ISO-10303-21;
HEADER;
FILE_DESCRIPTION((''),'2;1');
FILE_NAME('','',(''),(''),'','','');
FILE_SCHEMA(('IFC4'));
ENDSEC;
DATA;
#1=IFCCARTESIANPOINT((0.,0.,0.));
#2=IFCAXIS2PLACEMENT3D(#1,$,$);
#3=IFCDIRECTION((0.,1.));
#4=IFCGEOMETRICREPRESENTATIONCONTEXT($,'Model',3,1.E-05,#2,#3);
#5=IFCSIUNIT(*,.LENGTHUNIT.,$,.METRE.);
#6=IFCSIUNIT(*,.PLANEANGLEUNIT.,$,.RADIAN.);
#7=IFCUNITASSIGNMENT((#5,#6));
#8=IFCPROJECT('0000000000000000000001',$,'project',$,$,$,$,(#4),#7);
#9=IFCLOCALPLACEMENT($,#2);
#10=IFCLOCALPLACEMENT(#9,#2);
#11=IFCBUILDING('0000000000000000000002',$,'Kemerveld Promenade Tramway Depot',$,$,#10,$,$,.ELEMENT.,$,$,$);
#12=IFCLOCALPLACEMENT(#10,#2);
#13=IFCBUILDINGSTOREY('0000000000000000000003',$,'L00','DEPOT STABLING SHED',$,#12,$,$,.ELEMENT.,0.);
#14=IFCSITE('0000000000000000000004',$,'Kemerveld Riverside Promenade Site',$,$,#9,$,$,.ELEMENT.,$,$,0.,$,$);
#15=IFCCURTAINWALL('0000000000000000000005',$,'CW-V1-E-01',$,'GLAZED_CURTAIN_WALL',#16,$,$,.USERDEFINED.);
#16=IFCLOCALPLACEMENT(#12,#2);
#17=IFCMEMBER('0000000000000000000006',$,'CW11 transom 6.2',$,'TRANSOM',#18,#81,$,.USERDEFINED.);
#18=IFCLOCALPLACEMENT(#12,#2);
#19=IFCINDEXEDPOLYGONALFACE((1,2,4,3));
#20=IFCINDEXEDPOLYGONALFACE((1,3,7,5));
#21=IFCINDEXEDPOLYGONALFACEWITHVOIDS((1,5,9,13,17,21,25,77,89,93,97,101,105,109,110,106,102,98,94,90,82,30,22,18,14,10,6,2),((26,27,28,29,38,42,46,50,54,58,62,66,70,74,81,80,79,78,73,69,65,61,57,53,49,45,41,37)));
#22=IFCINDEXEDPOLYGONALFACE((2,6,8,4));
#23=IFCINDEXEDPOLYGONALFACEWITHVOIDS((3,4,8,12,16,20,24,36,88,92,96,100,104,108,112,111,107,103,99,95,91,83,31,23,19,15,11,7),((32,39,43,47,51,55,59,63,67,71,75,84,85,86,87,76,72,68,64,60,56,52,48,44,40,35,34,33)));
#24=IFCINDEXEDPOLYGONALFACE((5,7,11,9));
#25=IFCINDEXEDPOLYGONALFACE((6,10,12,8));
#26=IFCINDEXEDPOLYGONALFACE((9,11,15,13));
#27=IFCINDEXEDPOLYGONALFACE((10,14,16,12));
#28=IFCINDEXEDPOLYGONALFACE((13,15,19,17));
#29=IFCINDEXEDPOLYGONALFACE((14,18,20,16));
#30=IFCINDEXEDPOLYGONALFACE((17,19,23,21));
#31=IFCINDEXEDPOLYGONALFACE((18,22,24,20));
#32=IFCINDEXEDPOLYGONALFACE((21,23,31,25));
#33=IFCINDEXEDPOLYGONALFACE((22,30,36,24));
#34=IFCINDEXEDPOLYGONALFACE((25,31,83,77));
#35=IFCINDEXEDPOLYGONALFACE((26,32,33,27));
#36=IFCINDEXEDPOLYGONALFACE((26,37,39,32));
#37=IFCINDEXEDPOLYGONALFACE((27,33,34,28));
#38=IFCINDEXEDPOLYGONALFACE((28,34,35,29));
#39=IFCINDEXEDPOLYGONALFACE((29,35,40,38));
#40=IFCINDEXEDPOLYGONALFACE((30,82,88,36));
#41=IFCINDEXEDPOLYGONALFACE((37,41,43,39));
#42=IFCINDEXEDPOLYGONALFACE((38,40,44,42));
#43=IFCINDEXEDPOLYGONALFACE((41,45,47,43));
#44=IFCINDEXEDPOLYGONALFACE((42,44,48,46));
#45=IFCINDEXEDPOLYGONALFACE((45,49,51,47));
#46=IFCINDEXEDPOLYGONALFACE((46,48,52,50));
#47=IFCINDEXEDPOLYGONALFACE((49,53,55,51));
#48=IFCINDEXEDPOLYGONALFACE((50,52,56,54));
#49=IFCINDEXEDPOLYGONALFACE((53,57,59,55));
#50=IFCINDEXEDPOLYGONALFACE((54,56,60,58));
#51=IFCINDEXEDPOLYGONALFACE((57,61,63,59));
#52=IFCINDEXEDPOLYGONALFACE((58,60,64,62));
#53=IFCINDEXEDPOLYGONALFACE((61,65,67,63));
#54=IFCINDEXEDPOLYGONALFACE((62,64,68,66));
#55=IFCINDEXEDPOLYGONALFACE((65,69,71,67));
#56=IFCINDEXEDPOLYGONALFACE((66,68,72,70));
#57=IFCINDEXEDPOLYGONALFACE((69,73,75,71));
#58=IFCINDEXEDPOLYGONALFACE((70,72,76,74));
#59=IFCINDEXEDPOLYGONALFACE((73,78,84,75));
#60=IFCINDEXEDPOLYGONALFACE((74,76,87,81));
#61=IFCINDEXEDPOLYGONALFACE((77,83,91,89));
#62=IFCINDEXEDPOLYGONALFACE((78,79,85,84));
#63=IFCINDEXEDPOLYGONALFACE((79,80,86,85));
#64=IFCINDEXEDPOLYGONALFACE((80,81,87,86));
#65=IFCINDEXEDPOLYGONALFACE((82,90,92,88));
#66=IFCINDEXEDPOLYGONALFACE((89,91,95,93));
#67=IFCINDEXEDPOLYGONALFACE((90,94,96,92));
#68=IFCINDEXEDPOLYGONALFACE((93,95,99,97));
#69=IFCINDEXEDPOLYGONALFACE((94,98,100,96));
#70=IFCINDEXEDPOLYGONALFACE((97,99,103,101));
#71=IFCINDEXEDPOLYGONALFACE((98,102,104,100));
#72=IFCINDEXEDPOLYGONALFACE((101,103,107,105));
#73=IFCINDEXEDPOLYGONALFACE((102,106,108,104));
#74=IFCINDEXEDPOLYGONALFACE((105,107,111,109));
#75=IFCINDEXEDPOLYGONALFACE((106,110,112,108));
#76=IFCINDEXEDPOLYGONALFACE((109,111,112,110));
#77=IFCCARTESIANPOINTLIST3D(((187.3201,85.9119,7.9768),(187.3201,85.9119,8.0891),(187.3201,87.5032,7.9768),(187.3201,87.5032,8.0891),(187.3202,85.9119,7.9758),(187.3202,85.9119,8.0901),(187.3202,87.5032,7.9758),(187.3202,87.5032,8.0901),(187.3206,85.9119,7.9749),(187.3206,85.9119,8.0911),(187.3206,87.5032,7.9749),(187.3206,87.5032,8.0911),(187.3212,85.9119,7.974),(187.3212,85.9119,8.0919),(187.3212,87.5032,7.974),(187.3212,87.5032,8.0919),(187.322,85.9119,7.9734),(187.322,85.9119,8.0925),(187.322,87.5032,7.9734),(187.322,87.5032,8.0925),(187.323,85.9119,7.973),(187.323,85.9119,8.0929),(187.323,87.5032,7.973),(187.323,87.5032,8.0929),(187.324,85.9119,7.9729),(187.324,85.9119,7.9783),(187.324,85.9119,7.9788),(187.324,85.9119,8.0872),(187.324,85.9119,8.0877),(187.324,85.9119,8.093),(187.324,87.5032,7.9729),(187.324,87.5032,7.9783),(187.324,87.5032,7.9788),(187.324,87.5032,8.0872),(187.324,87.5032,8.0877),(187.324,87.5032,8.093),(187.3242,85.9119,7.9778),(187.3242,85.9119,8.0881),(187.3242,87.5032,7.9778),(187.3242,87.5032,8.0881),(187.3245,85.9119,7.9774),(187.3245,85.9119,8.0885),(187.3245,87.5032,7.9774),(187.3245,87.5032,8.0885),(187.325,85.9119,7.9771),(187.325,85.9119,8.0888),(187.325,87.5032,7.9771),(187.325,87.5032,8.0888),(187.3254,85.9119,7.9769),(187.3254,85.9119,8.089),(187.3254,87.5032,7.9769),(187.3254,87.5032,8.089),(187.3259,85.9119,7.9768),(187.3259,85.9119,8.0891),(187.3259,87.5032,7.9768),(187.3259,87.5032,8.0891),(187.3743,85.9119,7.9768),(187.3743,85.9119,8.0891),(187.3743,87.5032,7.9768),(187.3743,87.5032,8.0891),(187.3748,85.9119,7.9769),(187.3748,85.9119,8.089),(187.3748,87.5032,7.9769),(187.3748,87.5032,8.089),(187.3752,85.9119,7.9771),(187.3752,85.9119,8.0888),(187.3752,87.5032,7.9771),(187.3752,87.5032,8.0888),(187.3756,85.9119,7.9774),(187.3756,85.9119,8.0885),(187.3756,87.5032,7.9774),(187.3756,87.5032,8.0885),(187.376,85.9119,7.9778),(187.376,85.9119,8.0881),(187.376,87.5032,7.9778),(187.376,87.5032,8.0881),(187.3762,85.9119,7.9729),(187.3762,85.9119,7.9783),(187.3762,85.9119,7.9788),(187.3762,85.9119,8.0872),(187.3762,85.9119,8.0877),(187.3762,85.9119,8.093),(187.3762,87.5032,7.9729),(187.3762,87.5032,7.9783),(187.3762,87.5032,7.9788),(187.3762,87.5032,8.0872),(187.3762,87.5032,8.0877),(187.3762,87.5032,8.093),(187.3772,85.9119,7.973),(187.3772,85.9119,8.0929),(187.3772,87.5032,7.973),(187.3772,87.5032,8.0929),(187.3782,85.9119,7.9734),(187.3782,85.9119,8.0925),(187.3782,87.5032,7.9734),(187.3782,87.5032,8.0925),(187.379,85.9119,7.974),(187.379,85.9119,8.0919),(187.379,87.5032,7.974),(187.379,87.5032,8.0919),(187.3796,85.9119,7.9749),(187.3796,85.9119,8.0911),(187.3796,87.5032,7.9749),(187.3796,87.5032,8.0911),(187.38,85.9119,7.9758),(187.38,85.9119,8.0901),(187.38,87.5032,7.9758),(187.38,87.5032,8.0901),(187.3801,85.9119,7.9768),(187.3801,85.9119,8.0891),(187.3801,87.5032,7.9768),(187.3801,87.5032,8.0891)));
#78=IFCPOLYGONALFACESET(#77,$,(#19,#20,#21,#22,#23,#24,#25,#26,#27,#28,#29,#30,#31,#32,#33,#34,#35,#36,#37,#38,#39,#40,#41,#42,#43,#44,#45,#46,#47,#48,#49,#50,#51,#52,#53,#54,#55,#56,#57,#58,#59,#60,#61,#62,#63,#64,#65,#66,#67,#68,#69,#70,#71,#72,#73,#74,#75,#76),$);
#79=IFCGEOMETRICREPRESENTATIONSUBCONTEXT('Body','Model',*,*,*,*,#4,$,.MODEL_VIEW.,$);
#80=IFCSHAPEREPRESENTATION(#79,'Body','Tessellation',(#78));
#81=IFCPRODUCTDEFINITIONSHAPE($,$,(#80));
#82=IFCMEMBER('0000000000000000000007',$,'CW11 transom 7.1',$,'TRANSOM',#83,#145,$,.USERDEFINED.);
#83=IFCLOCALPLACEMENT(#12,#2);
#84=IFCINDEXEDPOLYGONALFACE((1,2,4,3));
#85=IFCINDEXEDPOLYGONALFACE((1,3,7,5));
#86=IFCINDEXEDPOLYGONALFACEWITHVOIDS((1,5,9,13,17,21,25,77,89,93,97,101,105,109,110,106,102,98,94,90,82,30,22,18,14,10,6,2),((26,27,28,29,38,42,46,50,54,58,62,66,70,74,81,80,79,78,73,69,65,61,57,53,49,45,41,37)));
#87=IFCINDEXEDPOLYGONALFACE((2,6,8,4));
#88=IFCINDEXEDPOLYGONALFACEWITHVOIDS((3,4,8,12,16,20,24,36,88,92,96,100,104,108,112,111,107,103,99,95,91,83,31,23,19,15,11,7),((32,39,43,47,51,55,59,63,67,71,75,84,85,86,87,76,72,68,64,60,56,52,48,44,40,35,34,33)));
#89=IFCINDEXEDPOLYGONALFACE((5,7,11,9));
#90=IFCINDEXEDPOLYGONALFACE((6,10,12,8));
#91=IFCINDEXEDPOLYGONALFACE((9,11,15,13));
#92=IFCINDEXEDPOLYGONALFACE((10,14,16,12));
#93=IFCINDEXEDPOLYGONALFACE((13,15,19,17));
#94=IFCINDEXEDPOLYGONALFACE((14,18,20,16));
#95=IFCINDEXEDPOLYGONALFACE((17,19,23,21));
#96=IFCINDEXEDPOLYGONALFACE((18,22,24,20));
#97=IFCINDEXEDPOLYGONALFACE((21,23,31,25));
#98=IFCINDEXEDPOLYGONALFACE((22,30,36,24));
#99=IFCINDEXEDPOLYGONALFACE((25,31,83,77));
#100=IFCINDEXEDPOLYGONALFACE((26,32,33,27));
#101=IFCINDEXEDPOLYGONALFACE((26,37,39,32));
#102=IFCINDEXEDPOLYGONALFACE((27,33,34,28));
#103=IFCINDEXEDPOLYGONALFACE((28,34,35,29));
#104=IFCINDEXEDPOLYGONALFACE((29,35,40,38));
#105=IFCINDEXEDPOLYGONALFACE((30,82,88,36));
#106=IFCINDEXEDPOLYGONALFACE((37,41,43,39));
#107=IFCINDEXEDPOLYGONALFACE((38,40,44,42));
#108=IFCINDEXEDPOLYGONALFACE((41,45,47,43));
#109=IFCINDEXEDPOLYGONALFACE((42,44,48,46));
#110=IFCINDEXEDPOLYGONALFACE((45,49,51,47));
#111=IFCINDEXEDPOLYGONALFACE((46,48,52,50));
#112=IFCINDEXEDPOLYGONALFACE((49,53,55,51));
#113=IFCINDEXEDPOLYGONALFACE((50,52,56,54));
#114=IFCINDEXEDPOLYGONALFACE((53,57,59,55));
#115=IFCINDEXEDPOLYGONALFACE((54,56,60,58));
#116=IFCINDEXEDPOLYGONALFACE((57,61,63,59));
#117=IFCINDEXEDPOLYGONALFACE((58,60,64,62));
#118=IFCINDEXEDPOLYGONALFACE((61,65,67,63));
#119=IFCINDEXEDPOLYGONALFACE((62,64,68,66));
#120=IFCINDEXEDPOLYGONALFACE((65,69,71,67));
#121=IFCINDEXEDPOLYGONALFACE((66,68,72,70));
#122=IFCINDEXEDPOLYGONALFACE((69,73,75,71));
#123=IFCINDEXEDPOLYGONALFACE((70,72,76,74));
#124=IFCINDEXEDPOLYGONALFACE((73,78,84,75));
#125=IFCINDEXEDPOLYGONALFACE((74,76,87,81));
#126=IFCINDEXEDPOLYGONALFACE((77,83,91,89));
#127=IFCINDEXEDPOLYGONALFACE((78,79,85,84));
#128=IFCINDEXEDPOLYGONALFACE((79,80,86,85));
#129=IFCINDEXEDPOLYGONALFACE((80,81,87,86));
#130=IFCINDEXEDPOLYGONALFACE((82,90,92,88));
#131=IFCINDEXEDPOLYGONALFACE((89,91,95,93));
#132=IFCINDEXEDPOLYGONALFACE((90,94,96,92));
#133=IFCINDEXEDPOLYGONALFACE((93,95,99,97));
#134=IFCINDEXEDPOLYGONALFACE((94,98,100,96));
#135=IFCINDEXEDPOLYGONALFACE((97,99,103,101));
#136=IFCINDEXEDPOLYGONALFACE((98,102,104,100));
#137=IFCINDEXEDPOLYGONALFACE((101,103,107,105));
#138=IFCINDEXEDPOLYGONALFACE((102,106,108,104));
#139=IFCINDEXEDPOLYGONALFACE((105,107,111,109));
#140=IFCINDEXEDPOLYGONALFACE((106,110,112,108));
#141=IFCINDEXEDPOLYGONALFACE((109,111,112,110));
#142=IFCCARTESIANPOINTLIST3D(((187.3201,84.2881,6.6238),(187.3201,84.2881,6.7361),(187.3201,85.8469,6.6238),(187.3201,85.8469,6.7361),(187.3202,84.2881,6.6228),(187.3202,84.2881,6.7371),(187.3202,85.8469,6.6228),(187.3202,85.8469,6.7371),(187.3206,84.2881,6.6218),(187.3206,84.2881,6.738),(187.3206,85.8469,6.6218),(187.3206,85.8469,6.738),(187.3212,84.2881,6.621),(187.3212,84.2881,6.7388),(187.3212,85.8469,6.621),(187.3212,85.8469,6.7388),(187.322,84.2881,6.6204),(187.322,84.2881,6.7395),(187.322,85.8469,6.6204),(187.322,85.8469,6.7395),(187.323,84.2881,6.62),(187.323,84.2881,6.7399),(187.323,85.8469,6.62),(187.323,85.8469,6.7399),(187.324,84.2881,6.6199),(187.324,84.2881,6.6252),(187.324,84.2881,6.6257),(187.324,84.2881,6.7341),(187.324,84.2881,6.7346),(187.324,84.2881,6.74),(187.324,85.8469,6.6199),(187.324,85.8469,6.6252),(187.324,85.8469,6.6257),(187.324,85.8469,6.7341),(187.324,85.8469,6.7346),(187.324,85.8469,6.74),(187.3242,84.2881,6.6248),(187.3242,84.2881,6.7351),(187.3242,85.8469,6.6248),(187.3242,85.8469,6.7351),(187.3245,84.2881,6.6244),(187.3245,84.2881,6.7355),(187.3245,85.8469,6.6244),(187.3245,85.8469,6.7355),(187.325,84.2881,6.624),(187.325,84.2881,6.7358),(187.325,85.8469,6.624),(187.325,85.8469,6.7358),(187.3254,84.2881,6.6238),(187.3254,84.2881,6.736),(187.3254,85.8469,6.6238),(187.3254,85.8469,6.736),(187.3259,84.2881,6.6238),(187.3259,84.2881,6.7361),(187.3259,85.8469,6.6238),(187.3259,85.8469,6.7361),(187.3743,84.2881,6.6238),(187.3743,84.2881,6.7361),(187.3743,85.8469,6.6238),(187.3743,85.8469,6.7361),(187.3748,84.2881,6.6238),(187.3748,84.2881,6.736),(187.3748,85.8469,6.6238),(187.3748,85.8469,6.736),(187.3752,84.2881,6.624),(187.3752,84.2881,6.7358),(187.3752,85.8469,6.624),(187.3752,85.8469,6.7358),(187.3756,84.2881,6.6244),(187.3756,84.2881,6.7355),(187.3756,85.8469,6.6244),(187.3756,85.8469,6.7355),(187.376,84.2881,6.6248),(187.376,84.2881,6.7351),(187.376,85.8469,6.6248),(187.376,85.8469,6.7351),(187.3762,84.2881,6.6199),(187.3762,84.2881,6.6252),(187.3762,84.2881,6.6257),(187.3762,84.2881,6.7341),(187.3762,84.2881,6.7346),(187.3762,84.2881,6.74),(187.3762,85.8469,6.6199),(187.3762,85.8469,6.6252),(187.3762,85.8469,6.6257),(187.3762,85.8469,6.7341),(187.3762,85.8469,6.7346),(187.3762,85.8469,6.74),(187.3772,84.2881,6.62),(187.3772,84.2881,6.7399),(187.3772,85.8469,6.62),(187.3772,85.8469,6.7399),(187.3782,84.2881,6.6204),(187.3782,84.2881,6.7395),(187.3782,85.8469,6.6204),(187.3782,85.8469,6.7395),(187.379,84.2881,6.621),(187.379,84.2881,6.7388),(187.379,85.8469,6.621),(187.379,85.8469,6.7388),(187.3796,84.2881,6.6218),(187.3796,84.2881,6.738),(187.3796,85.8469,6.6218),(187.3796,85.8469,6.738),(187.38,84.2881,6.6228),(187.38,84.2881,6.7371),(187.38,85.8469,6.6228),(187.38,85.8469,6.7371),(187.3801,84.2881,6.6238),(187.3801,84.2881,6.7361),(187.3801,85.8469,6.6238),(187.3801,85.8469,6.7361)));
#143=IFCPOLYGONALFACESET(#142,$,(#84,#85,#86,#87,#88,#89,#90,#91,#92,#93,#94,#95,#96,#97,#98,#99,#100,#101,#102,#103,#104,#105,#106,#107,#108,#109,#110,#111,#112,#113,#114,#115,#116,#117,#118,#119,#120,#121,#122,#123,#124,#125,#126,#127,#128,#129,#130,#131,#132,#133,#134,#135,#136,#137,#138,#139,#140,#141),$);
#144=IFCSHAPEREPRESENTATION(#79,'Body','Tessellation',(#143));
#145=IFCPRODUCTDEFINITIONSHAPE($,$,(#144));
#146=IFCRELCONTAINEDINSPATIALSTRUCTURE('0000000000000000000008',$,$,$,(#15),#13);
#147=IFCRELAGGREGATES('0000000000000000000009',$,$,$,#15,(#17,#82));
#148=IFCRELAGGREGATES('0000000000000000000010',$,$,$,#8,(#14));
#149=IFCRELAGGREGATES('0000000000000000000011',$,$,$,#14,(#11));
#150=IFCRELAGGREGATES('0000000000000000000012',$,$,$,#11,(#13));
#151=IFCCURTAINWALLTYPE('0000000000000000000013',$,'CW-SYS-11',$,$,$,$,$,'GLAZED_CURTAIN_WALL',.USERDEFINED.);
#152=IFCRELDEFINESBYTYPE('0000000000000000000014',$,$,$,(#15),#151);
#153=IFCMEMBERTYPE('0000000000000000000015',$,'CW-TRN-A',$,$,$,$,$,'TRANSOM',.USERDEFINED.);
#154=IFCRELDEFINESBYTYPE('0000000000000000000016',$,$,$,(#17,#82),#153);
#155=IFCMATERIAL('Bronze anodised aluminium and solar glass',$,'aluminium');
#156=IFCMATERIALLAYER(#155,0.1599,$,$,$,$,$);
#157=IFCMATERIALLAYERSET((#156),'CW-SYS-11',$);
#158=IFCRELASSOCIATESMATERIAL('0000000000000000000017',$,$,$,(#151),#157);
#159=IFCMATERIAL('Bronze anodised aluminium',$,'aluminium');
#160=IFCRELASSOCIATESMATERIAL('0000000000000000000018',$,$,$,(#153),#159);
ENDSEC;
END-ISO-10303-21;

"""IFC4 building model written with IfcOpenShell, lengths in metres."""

from ifc_helpers import new_model, si_unit, direction, frame, origin, origin_2d, place, context, subcontext, project, spatial, hollow_rectangle, extrude, material, layer, layer_set, material_profile, profile_set, type_object, element, aggregate, save


model = new_model("IFC4")

# Units and contexts
model_context = context("Model", 3, precision=1e-05, world=origin(), true_north=direction((0.0, 1.0)))
body_context = subcontext(model_context, "Body", "Model", "MODEL_VIEW")
ifc_project = project(units=[si_unit("LENGTHUNIT", "METRE"), si_unit("PLANEANGLEUNIT", "RADIAN")], contexts=[model_context])

# Site, building, storey
site_placement = place(None, origin())
site = spatial("IfcSite", under=ifc_project, at=site_placement, Name="Kemerveld Riverside Promenade Site", CompositionType="ELEMENT", RefElevation=0.0)
building_placement = place(site_placement, origin())
building = spatial("IfcBuilding", under=site, at=building_placement, Name="Kemerveld Promenade Tramway Depot", CompositionType="ELEMENT")
storey_placement = place(building_placement, origin())
storey = spatial("IfcBuildingStorey", under=building, at=storey_placement, Name="L00", Description="DEPOT STABLING SHED", CompositionType="ELEMENT", Elevation=0.0)

# Curtain wall, members
ifc_material_1 = material(Name="Bronze anodised aluminium and solar glass", Category="aluminium")
ifc_layer_1 = layer(ifc_material_1, 0.1599)
ifc_layer_set_1 = layer_set([ifc_layer_1], Name="CW-SYS-11")
curtain_wall_type = type_object("IfcCurtainWallType", Name="CW-SYS-11", ElementType="GLAZED_CURTAIN_WALL", PredefinedType="USERDEFINED", material=ifc_layer_set_1)
curtain_wall_placement = place(storey_placement, origin())
curtain_wall = element("IfcCurtainWall", 1, at=curtain_wall_placement, inside=storey, type_object=curtain_wall_type, Name="CW-V1-E-01", ObjectType="GLAZED_CURTAIN_WALL", PredefinedType="USERDEFINED")
ifc_material_2 = material(Name="Bronze anodised aluminium", Category="aluminium")
ifc_material_profile_1 = material_profile(ifc_material_2, hollow_rectangle(XDim=0.0601, YDim=0.1201, WallThickness=0.0039, InnerFilletRadius=0.002, OuterFilletRadius=0.0039, at=origin_2d()), Name="CW-TRN-120x60")
ifc_profile_set_1 = profile_set([ifc_material_profile_1], Name="Bronze anodised aluminium")
member_type_1 = type_object("IfcMemberType", Name="CW-TRN-A", ElementType="TRANSOM", PredefinedType="USERDEFINED", material=ifc_profile_set_1)
member_1_placement = place(storey_placement, frame((187.3501, 87.5032, 8.033), z_axis=(0.0, -1.0, 0.0), x_axis=(1.0, 0.0, 0.0)))
member_1 = element("IfcMember", 2, at=member_1_placement, type_object=member_type_1, Name="CW11 transom 6.2", ObjectType="TRANSOM", PredefinedType="USERDEFINED", context=body_context, shape_type="SweptSolid", body=[
    extrude(hollow_rectangle(XDim=0.0601, YDim=0.1201, WallThickness=0.0039, InnerFilletRadius=0.002, OuterFilletRadius=0.0039, at=origin_2d()), origin(), (0.0, 0.0, 1.0), 1.5913),
])
member_2_placement = place(storey_placement, frame((187.3501, 85.8469, 6.6799), z_axis=(0.0, -1.0, 0.0), x_axis=(1.0, 0.0, 0.0)))
member_2 = element("IfcMember", 3, at=member_2_placement, type_object=member_type_1, Name="CW11 transom 7.1", ObjectType="TRANSOM", PredefinedType="USERDEFINED", context=body_context, shape_type="SweptSolid", body=[
    extrude(hollow_rectangle(XDim=0.0601, YDim=0.1201, WallThickness=0.0039, InnerFilletRadius=0.002, OuterFilletRadius=0.0039, at=origin_2d()), origin(), (0.0, 0.0, 1.0), 1.5588),
])
aggregate(curtain_wall, [member_1, member_2])

save(model, "model.ifc")
